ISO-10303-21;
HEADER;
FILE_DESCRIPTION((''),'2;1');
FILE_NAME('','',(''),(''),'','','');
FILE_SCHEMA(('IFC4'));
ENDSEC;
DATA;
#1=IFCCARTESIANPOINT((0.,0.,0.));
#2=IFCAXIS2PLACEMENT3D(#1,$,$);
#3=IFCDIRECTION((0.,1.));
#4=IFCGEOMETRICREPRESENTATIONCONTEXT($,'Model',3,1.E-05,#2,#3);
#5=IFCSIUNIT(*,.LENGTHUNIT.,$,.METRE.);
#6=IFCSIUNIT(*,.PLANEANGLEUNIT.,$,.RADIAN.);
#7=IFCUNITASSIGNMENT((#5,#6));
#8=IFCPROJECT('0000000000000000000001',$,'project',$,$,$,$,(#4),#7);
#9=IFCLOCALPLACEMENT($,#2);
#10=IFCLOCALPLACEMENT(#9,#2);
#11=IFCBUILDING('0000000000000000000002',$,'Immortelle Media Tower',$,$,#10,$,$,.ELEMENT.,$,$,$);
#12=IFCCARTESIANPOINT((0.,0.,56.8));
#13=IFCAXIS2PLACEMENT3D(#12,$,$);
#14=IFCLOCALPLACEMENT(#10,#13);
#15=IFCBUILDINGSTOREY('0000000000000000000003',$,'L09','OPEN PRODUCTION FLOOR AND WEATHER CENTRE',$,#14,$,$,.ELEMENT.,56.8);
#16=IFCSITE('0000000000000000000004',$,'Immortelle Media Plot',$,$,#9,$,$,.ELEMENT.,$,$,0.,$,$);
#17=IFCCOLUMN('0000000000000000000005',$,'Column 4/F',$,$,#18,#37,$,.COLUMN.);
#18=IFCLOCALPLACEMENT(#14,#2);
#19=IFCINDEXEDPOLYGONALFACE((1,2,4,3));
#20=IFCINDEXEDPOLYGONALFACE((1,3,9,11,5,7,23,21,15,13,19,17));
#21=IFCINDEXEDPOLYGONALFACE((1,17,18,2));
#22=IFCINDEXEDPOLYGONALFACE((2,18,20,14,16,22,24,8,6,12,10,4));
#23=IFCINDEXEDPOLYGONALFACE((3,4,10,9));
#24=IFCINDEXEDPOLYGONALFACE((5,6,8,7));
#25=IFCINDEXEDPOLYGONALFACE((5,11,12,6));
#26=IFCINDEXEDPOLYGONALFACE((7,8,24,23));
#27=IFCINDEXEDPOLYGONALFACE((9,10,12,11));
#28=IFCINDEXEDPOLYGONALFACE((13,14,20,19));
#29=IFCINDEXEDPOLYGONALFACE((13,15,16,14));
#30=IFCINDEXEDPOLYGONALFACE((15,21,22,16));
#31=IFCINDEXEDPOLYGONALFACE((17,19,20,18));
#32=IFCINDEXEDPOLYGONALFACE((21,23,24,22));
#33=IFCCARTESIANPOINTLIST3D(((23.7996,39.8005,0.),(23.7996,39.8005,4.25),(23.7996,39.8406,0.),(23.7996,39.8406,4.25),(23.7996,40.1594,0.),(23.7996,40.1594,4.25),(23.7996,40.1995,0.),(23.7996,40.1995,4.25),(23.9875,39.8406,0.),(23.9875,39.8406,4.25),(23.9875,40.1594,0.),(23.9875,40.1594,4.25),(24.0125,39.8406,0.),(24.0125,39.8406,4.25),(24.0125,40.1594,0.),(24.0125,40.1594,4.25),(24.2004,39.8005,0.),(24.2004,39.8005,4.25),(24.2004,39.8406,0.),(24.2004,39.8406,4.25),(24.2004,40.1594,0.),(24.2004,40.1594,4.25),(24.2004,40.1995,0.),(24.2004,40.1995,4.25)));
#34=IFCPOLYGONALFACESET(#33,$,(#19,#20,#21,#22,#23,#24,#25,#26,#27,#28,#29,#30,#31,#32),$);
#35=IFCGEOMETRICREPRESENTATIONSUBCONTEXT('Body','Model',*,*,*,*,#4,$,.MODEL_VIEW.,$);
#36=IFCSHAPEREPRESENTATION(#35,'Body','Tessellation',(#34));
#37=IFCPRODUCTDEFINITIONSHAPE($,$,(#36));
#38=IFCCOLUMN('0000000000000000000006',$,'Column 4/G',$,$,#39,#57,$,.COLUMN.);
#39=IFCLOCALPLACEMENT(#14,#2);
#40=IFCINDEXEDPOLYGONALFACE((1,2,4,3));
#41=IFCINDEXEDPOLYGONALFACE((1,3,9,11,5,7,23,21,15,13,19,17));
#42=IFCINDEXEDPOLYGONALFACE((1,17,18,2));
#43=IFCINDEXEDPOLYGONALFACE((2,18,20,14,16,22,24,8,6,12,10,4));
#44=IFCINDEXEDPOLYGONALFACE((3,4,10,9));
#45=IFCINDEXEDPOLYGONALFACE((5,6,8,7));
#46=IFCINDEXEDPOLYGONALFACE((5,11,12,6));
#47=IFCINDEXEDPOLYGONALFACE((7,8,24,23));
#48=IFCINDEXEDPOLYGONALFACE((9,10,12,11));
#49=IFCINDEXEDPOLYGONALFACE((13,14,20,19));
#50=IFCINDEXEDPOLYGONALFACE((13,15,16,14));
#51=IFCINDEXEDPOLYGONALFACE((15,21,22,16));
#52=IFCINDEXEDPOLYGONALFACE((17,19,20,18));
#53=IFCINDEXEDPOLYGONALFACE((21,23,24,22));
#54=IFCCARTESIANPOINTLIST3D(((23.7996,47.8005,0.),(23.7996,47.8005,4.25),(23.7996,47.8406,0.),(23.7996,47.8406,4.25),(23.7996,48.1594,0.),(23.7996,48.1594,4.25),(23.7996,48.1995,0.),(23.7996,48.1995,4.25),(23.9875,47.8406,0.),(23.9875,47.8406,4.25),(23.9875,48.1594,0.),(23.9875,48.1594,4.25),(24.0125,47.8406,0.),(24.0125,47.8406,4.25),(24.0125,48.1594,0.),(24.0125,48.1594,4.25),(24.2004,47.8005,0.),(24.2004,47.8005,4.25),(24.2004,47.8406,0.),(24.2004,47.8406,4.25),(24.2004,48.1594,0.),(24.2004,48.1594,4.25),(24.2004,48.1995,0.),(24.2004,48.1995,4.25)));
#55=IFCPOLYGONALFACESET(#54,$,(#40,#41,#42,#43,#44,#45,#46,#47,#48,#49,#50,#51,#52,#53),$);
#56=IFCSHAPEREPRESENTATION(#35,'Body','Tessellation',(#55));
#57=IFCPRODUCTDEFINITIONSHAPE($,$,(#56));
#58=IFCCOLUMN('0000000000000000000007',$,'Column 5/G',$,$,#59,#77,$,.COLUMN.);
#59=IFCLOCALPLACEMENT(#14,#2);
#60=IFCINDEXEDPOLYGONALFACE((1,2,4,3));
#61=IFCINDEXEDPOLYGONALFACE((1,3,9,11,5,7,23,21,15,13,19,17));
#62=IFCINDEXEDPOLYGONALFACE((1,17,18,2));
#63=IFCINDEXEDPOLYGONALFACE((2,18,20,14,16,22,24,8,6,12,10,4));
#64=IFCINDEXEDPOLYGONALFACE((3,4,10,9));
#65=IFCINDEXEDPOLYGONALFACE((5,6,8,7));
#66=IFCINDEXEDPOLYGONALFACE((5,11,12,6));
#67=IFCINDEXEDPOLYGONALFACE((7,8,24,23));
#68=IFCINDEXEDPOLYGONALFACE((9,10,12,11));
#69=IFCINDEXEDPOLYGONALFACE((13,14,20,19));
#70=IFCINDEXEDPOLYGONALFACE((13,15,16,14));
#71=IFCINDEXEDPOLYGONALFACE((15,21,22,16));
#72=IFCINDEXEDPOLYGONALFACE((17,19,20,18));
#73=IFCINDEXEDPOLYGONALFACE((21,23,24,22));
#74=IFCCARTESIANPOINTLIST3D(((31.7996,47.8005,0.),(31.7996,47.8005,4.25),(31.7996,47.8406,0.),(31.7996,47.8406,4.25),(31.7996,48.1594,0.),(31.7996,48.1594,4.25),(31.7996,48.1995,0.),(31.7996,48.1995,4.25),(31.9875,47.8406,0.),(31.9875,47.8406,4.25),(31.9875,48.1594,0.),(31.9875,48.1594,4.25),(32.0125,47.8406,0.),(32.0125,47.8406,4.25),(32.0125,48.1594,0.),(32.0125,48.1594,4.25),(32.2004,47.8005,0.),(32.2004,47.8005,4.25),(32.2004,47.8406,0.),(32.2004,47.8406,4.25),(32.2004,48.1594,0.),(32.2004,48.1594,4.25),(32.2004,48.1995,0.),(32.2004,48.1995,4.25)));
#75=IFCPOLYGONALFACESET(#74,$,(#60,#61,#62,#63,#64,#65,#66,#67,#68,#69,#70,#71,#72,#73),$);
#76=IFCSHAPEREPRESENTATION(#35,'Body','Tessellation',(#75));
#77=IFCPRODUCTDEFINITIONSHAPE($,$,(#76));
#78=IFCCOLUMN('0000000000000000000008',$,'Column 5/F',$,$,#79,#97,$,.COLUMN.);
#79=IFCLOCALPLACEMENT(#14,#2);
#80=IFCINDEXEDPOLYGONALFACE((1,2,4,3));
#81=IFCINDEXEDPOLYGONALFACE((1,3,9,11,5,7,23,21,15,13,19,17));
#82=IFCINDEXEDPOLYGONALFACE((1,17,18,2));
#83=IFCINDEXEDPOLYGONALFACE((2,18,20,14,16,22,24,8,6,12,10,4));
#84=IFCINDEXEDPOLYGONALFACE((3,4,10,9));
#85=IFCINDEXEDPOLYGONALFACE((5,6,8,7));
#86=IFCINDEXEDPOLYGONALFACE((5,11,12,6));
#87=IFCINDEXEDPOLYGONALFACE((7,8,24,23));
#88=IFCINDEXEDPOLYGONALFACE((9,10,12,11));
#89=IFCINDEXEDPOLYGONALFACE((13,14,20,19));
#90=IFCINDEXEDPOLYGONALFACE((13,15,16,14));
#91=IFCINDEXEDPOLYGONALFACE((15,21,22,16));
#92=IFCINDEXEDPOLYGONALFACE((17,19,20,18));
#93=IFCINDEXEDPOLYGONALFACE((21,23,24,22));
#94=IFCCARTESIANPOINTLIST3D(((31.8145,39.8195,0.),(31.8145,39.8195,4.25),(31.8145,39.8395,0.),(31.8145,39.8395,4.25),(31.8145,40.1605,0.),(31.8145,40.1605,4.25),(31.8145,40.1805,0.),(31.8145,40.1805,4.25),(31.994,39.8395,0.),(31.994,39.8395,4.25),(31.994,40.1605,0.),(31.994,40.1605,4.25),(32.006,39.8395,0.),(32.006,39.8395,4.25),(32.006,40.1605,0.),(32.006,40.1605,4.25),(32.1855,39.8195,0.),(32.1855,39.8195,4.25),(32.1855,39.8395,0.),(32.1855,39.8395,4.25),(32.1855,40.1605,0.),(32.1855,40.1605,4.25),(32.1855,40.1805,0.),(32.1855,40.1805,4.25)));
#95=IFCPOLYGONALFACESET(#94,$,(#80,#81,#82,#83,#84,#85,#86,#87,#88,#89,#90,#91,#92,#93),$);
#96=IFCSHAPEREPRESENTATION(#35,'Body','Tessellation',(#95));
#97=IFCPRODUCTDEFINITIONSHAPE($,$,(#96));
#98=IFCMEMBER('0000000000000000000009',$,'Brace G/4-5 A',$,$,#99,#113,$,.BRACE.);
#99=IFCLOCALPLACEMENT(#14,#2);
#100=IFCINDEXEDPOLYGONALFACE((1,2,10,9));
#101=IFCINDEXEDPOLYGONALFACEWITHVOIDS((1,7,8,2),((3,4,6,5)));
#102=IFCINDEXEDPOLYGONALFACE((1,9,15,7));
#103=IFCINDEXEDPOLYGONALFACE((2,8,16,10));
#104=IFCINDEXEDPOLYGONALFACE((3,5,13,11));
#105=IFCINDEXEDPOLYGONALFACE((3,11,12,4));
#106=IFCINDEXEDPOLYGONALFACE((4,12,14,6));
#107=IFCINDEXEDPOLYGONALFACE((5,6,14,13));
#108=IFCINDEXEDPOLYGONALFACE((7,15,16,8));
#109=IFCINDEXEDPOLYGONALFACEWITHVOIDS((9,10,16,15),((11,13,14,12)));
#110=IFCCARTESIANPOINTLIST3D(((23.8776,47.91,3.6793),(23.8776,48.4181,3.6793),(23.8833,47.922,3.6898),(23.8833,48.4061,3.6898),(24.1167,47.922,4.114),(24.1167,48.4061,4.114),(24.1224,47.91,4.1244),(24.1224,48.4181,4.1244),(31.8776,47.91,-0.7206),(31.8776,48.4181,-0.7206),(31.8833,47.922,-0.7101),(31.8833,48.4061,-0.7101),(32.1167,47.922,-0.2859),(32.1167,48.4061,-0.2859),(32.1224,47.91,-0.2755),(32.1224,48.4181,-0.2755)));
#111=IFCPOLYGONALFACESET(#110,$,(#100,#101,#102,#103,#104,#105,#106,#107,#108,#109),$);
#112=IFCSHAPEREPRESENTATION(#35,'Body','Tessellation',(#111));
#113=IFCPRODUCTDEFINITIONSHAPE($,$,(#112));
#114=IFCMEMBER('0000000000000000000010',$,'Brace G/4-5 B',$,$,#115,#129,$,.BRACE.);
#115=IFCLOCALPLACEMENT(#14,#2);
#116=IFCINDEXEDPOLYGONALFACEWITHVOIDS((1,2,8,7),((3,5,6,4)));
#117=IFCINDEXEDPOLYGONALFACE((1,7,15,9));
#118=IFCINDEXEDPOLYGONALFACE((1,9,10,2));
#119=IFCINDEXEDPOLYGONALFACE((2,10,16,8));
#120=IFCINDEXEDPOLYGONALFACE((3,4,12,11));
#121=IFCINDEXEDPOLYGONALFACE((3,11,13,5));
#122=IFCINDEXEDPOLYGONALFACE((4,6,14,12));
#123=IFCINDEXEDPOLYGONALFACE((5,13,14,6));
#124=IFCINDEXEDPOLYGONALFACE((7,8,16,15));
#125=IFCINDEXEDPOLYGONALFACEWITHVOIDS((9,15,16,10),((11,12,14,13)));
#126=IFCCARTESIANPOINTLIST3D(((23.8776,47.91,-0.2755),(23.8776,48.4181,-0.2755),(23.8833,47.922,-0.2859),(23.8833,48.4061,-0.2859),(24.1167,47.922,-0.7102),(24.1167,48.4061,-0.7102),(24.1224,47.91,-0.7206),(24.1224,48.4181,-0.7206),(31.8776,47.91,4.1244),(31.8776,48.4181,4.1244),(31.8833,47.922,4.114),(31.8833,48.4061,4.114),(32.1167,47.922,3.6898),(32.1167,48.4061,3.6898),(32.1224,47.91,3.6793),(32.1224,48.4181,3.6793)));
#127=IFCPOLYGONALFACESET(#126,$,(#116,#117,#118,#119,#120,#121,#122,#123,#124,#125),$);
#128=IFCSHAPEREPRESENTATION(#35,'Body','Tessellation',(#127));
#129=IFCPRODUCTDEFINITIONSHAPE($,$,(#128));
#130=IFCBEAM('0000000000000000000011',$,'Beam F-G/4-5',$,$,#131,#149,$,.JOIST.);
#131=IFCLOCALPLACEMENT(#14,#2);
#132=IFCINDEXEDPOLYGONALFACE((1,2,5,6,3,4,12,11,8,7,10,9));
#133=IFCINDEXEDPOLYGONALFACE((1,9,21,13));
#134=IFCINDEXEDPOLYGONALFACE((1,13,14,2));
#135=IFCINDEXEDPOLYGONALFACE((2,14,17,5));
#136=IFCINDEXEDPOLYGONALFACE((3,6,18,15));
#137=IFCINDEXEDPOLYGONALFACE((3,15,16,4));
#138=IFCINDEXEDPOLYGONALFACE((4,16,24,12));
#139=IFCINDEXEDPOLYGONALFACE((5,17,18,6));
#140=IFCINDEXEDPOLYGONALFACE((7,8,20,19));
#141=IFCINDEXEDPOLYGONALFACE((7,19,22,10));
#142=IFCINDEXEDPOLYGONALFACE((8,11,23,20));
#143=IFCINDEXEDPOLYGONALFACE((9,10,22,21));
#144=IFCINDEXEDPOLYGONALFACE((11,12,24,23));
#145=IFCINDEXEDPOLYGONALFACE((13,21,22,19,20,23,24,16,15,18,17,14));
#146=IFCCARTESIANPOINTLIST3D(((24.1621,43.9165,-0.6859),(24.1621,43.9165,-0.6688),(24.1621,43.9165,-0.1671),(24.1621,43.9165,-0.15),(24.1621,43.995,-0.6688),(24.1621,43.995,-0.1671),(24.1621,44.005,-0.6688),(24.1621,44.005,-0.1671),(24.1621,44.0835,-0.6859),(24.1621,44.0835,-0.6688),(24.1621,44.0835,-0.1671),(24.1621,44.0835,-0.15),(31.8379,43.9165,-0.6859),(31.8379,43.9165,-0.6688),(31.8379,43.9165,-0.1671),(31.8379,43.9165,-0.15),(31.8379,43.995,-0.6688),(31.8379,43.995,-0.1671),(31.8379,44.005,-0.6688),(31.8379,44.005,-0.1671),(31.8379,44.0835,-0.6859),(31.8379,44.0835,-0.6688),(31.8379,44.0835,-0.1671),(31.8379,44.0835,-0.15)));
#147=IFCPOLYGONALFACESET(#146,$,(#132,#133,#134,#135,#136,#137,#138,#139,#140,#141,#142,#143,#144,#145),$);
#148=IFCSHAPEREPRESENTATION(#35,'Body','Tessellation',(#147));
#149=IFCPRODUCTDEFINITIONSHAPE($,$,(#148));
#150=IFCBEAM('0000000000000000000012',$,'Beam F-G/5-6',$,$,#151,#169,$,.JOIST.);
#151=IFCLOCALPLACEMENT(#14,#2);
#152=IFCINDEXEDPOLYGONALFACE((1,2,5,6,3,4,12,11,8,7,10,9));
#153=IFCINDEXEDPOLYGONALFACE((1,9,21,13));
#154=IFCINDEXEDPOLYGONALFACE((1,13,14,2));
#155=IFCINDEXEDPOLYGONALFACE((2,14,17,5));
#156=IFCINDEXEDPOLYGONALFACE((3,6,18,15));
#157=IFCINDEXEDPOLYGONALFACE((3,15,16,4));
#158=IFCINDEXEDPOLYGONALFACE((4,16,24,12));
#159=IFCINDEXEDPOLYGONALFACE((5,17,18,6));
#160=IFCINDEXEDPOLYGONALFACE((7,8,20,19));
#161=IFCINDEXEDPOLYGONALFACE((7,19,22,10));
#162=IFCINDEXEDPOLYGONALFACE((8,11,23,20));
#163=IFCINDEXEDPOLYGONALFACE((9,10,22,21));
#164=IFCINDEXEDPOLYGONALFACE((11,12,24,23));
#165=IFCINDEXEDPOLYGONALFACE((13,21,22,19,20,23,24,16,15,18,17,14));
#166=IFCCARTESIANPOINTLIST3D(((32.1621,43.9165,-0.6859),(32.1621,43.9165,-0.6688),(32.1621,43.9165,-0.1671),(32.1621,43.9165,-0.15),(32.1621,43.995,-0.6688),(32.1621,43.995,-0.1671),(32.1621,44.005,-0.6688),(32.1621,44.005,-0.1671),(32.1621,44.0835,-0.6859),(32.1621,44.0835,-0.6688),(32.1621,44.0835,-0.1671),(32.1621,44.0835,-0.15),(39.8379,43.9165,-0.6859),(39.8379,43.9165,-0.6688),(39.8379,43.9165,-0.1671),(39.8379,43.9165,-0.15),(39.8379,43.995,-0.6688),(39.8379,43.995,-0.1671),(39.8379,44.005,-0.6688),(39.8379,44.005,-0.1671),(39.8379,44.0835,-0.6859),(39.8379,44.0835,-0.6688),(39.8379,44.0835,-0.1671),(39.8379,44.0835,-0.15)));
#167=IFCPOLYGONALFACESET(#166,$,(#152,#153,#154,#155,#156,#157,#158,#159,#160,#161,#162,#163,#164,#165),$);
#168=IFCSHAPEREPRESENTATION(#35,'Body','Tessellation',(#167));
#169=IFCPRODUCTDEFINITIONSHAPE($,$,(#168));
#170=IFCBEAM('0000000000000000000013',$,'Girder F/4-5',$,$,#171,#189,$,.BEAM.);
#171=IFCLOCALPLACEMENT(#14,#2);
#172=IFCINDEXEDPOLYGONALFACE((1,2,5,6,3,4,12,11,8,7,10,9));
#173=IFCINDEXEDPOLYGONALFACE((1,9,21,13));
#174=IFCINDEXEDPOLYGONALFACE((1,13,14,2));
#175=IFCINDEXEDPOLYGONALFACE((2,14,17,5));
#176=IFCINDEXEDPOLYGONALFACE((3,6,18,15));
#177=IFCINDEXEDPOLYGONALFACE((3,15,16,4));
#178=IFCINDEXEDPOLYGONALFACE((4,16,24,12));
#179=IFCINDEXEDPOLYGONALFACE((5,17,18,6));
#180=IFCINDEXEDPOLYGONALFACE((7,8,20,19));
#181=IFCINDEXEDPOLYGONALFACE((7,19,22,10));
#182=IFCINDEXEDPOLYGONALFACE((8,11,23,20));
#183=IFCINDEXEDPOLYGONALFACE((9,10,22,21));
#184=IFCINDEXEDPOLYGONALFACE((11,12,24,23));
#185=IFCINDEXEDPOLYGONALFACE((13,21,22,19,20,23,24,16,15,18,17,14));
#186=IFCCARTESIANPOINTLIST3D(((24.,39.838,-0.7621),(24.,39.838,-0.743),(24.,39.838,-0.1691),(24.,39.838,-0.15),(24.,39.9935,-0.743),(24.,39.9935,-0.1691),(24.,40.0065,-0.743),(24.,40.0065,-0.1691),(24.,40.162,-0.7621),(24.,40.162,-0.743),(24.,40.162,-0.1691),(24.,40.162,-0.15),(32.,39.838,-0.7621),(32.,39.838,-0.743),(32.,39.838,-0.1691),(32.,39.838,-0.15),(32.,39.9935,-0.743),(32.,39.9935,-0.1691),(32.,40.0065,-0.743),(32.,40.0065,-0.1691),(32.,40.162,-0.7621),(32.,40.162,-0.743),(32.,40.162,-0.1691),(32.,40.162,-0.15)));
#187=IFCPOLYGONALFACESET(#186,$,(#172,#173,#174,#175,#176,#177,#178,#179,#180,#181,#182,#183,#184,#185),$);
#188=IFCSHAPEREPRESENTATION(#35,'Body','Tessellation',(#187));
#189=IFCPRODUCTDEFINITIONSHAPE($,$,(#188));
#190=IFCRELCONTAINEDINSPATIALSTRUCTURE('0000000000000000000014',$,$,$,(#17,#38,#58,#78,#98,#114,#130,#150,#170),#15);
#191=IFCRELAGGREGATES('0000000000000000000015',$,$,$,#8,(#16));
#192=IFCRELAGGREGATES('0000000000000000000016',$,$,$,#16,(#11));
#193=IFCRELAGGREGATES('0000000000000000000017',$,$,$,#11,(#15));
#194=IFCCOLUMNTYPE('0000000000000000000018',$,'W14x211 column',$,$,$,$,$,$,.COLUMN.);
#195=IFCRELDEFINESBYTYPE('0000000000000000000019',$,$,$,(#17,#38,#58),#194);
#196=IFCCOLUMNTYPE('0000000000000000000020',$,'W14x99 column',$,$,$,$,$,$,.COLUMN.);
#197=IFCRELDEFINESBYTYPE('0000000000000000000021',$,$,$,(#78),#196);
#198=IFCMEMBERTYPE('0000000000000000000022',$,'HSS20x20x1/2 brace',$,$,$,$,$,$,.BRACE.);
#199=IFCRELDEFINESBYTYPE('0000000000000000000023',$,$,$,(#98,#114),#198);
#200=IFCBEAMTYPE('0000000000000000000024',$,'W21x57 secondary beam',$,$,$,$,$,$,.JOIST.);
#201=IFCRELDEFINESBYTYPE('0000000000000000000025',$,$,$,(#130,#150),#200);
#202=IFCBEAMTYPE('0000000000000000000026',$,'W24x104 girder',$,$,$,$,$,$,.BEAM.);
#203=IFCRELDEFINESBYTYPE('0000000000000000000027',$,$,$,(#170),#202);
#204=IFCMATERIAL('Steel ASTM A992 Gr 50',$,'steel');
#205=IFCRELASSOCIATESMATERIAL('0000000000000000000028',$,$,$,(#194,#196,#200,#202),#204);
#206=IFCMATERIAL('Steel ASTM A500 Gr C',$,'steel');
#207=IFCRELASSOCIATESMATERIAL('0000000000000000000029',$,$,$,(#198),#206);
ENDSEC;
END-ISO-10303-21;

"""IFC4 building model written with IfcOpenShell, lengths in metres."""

from ifc_helpers import new_model, si_unit, direction, frame, origin, origin_2d, place, context, subcontext, project, spatial, hollow_rectangle, i_section, extrude, material, material_profile, profile_set, type_object, element, save


model = new_model("IFC4")

# Units and contexts
model_context = context("Model", 3, precision=1e-05, world=origin(), true_north=direction((0.0, 1.0)))
body_context = subcontext(model_context, "Body", "Model", "MODEL_VIEW")
ifc_project = project(units=[si_unit("LENGTHUNIT", "METRE"), si_unit("PLANEANGLEUNIT", "RADIAN")], contexts=[model_context])

# Site, building, storey
site_placement = place(None, origin())
site = spatial("IfcSite", under=ifc_project, at=site_placement, Name="Immortelle Media Plot", CompositionType="ELEMENT", RefElevation=0.0)
building_placement = place(site_placement, origin())
building = spatial("IfcBuilding", under=site, at=building_placement, Name="Immortelle Media Tower", CompositionType="ELEMENT")
storey_placement = place(building_placement, frame((0.0, 0.0, 56.8)))
storey = spatial("IfcBuildingStorey", under=building, at=storey_placement, Name="L09", Description="OPEN PRODUCTION FLOOR AND WEATHER CENTRE", CompositionType="ELEMENT", Elevation=56.8)

# Columns
ifc_material_1 = material(Name="Steel ASTM A992 Gr 50", Category="steel")
ifc_material_profile_1 = material_profile(ifc_material_1, i_section(OverallWidth=0.4009, OverallDepth=0.3989, WebThickness=0.0249, FlangeThickness=0.04, at=origin_2d()), Name="W14x211")
ifc_profile_set_1 = profile_set([ifc_material_profile_1], Name="Steel ASTM A992 Gr 50")
column_type_1 = type_object("IfcColumnType", Name="W14x211 column", PredefinedType="COLUMN", material=ifc_profile_set_1)
for number, where, z_axis, x_axis, name in (
    (1, (24.0, 40.0, 0.0), (0.0, 0.0, 1.0), (1.0, 0.0, 0.0), "Column 4/F"),
    (2, (24.0, 48.0, 0.0), (0.0, 0.0, 1.0), (1.0, 0.0, 0.0), "Column 4/G"),
    (3, (32.0, 48.0, 0.0), (0.0, 0.0, 1.0), (1.0, 0.0, 0.0), "Column 5/G"),
):
    element("IfcColumn", number, at=place(storey_placement, frame(where, z_axis=z_axis, x_axis=x_axis)), inside=storey, type_object=column_type_1, Name=name, PredefinedType="COLUMN", context=body_context, shape_type="SweptSolid", body=[
        extrude(i_section(OverallWidth=0.4009, OverallDepth=0.3989, WebThickness=0.0249, FlangeThickness=0.04, at=origin_2d()), origin(), (0.0, 0.0, 1.0), 4.25),
    ])
ifc_material_profile_2 = material_profile(ifc_material_1, i_section(OverallWidth=0.3711, OverallDepth=0.3611, WebThickness=0.012, FlangeThickness=0.02, at=origin_2d()), Name="W14x99")
ifc_profile_set_2 = profile_set([ifc_material_profile_2], Name="Steel ASTM A992 Gr 50")
column_type_2 = type_object("IfcColumnType", Name="W14x99 column", PredefinedType="COLUMN", material=ifc_profile_set_2)
column_placement = place(storey_placement, frame((32.0, 40.0, 0.0), z_axis=(0.0, 0.0, 1.0), x_axis=(1.0, 0.0, 0.0)))
element("IfcColumn", 4, at=column_placement, inside=storey, type_object=column_type_2, Name="Column 5/F", PredefinedType="COLUMN", context=body_context, shape_type="SweptSolid", body=[
    extrude(i_section(OverallWidth=0.3711, OverallDepth=0.3611, WebThickness=0.012, FlangeThickness=0.02, at=origin_2d()), origin(), (0.0, 0.0, 1.0), 4.25),
])

# Members
ifc_material_2 = material(Name="Steel ASTM A500 Gr C", Category="steel")
ifc_material_profile_3 = material_profile(ifc_material_2, hollow_rectangle(XDim=0.5081, YDim=0.5081, WallThickness=0.012, at=origin_2d()), Name="HSS20x20x1/2 brace")
ifc_profile_set_3 = profile_set([ifc_material_profile_3], Name="Steel ASTM A500 Gr C")
member_type = type_object("IfcMemberType", Name="HSS20x20x1/2 brace", PredefinedType="BRACE", material=ifc_profile_set_3)
for number, where, z_axis, x_axis, name in (
    (5, (32.0, 48.1641, -0.498), (-0.87622, 0.0, 0.481911), (0.0, -1.0, 0.0), "Brace G/4-5 A"),
    (6, (32.0, 48.1641, 3.9019), (-0.87622, 0.0, -0.481911), (0.0, -1.0, 0.0), "Brace G/4-5 B"),
):
    element("IfcMember", number, at=place(storey_placement, frame(where, z_axis=z_axis, x_axis=x_axis)), inside=storey, type_object=member_type, Name=name, PredefinedType="BRACE", context=body_context, shape_type="SweptSolid", body=[
        extrude(hollow_rectangle(XDim=0.5081, YDim=0.5081, WallThickness=0.012, at=origin_2d()), origin(), (0.0, 0.0, 1.0), 9.1301),
    ])

# Beams
ifc_material_profile_4 = material_profile(ifc_material_1, i_section(OverallWidth=0.167, OverallDepth=0.5359, WebThickness=0.01, FlangeThickness=0.0171, at=origin_2d()), Name="W21x57")
ifc_profile_set_4 = profile_set([ifc_material_profile_4], Name="Steel ASTM A992 Gr 50")
beam_type_1 = type_object("IfcBeamType", Name="W21x57 secondary beam", PredefinedType="JOIST", material=ifc_profile_set_4)
for number, where, z_axis, x_axis, name in (
    (7, (24.1621, 44.0, -0.418), (1.0, 0.0, 0.0), (0.0, 1.0, 0.0), "Beam F-G/4-5"),
    (8, (32.1621, 44.0, -0.418), (1.0, 0.0, 0.0), (0.0, 1.0, 0.0), "Beam F-G/5-6"),
):
    element("IfcBeam", number, at=place(storey_placement, frame(where, z_axis=z_axis, x_axis=x_axis)), inside=storey, type_object=beam_type_1, Name=name, PredefinedType="JOIST", context=body_context, shape_type="SweptSolid", body=[
        extrude(i_section(OverallWidth=0.167, OverallDepth=0.5359, WebThickness=0.01, FlangeThickness=0.0171, at=origin_2d()), origin(), (0.0, 0.0, 1.0), 7.6758),
    ])
ifc_material_profile_5 = material_profile(ifc_material_1, i_section(OverallWidth=0.324, OverallDepth=0.6121, WebThickness=0.0129, FlangeThickness=0.019, at=origin_2d()), Name="W24x104")
ifc_profile_set_5 = profile_set([ifc_material_profile_5], Name="Steel ASTM A992 Gr 50")
beam_type_2 = type_object("IfcBeamType", Name="W24x104 girder", PredefinedType="BEAM", material=ifc_profile_set_5)
for number, where, z_axis, x_axis, name in (
    (9, (24.0, 40.0, -0.4561), (1.0, 0.0, 0.0), (0.0, 1.0, 0.0), "Girder F/4-5"),
):
    element("IfcBeam", number, at=place(storey_placement, frame(where, z_axis=z_axis, x_axis=x_axis)), inside=storey, type_object=beam_type_2, Name=name, PredefinedType="BEAM", context=body_context, shape_type="SweptSolid", body=[
        extrude(i_section(OverallWidth=0.324, OverallDepth=0.6121, WebThickness=0.0129, FlangeThickness=0.019, at=origin_2d()), origin(), (0.0, 0.0, 1.0), 8.0),
    ])

save(model, "model.ifc")
